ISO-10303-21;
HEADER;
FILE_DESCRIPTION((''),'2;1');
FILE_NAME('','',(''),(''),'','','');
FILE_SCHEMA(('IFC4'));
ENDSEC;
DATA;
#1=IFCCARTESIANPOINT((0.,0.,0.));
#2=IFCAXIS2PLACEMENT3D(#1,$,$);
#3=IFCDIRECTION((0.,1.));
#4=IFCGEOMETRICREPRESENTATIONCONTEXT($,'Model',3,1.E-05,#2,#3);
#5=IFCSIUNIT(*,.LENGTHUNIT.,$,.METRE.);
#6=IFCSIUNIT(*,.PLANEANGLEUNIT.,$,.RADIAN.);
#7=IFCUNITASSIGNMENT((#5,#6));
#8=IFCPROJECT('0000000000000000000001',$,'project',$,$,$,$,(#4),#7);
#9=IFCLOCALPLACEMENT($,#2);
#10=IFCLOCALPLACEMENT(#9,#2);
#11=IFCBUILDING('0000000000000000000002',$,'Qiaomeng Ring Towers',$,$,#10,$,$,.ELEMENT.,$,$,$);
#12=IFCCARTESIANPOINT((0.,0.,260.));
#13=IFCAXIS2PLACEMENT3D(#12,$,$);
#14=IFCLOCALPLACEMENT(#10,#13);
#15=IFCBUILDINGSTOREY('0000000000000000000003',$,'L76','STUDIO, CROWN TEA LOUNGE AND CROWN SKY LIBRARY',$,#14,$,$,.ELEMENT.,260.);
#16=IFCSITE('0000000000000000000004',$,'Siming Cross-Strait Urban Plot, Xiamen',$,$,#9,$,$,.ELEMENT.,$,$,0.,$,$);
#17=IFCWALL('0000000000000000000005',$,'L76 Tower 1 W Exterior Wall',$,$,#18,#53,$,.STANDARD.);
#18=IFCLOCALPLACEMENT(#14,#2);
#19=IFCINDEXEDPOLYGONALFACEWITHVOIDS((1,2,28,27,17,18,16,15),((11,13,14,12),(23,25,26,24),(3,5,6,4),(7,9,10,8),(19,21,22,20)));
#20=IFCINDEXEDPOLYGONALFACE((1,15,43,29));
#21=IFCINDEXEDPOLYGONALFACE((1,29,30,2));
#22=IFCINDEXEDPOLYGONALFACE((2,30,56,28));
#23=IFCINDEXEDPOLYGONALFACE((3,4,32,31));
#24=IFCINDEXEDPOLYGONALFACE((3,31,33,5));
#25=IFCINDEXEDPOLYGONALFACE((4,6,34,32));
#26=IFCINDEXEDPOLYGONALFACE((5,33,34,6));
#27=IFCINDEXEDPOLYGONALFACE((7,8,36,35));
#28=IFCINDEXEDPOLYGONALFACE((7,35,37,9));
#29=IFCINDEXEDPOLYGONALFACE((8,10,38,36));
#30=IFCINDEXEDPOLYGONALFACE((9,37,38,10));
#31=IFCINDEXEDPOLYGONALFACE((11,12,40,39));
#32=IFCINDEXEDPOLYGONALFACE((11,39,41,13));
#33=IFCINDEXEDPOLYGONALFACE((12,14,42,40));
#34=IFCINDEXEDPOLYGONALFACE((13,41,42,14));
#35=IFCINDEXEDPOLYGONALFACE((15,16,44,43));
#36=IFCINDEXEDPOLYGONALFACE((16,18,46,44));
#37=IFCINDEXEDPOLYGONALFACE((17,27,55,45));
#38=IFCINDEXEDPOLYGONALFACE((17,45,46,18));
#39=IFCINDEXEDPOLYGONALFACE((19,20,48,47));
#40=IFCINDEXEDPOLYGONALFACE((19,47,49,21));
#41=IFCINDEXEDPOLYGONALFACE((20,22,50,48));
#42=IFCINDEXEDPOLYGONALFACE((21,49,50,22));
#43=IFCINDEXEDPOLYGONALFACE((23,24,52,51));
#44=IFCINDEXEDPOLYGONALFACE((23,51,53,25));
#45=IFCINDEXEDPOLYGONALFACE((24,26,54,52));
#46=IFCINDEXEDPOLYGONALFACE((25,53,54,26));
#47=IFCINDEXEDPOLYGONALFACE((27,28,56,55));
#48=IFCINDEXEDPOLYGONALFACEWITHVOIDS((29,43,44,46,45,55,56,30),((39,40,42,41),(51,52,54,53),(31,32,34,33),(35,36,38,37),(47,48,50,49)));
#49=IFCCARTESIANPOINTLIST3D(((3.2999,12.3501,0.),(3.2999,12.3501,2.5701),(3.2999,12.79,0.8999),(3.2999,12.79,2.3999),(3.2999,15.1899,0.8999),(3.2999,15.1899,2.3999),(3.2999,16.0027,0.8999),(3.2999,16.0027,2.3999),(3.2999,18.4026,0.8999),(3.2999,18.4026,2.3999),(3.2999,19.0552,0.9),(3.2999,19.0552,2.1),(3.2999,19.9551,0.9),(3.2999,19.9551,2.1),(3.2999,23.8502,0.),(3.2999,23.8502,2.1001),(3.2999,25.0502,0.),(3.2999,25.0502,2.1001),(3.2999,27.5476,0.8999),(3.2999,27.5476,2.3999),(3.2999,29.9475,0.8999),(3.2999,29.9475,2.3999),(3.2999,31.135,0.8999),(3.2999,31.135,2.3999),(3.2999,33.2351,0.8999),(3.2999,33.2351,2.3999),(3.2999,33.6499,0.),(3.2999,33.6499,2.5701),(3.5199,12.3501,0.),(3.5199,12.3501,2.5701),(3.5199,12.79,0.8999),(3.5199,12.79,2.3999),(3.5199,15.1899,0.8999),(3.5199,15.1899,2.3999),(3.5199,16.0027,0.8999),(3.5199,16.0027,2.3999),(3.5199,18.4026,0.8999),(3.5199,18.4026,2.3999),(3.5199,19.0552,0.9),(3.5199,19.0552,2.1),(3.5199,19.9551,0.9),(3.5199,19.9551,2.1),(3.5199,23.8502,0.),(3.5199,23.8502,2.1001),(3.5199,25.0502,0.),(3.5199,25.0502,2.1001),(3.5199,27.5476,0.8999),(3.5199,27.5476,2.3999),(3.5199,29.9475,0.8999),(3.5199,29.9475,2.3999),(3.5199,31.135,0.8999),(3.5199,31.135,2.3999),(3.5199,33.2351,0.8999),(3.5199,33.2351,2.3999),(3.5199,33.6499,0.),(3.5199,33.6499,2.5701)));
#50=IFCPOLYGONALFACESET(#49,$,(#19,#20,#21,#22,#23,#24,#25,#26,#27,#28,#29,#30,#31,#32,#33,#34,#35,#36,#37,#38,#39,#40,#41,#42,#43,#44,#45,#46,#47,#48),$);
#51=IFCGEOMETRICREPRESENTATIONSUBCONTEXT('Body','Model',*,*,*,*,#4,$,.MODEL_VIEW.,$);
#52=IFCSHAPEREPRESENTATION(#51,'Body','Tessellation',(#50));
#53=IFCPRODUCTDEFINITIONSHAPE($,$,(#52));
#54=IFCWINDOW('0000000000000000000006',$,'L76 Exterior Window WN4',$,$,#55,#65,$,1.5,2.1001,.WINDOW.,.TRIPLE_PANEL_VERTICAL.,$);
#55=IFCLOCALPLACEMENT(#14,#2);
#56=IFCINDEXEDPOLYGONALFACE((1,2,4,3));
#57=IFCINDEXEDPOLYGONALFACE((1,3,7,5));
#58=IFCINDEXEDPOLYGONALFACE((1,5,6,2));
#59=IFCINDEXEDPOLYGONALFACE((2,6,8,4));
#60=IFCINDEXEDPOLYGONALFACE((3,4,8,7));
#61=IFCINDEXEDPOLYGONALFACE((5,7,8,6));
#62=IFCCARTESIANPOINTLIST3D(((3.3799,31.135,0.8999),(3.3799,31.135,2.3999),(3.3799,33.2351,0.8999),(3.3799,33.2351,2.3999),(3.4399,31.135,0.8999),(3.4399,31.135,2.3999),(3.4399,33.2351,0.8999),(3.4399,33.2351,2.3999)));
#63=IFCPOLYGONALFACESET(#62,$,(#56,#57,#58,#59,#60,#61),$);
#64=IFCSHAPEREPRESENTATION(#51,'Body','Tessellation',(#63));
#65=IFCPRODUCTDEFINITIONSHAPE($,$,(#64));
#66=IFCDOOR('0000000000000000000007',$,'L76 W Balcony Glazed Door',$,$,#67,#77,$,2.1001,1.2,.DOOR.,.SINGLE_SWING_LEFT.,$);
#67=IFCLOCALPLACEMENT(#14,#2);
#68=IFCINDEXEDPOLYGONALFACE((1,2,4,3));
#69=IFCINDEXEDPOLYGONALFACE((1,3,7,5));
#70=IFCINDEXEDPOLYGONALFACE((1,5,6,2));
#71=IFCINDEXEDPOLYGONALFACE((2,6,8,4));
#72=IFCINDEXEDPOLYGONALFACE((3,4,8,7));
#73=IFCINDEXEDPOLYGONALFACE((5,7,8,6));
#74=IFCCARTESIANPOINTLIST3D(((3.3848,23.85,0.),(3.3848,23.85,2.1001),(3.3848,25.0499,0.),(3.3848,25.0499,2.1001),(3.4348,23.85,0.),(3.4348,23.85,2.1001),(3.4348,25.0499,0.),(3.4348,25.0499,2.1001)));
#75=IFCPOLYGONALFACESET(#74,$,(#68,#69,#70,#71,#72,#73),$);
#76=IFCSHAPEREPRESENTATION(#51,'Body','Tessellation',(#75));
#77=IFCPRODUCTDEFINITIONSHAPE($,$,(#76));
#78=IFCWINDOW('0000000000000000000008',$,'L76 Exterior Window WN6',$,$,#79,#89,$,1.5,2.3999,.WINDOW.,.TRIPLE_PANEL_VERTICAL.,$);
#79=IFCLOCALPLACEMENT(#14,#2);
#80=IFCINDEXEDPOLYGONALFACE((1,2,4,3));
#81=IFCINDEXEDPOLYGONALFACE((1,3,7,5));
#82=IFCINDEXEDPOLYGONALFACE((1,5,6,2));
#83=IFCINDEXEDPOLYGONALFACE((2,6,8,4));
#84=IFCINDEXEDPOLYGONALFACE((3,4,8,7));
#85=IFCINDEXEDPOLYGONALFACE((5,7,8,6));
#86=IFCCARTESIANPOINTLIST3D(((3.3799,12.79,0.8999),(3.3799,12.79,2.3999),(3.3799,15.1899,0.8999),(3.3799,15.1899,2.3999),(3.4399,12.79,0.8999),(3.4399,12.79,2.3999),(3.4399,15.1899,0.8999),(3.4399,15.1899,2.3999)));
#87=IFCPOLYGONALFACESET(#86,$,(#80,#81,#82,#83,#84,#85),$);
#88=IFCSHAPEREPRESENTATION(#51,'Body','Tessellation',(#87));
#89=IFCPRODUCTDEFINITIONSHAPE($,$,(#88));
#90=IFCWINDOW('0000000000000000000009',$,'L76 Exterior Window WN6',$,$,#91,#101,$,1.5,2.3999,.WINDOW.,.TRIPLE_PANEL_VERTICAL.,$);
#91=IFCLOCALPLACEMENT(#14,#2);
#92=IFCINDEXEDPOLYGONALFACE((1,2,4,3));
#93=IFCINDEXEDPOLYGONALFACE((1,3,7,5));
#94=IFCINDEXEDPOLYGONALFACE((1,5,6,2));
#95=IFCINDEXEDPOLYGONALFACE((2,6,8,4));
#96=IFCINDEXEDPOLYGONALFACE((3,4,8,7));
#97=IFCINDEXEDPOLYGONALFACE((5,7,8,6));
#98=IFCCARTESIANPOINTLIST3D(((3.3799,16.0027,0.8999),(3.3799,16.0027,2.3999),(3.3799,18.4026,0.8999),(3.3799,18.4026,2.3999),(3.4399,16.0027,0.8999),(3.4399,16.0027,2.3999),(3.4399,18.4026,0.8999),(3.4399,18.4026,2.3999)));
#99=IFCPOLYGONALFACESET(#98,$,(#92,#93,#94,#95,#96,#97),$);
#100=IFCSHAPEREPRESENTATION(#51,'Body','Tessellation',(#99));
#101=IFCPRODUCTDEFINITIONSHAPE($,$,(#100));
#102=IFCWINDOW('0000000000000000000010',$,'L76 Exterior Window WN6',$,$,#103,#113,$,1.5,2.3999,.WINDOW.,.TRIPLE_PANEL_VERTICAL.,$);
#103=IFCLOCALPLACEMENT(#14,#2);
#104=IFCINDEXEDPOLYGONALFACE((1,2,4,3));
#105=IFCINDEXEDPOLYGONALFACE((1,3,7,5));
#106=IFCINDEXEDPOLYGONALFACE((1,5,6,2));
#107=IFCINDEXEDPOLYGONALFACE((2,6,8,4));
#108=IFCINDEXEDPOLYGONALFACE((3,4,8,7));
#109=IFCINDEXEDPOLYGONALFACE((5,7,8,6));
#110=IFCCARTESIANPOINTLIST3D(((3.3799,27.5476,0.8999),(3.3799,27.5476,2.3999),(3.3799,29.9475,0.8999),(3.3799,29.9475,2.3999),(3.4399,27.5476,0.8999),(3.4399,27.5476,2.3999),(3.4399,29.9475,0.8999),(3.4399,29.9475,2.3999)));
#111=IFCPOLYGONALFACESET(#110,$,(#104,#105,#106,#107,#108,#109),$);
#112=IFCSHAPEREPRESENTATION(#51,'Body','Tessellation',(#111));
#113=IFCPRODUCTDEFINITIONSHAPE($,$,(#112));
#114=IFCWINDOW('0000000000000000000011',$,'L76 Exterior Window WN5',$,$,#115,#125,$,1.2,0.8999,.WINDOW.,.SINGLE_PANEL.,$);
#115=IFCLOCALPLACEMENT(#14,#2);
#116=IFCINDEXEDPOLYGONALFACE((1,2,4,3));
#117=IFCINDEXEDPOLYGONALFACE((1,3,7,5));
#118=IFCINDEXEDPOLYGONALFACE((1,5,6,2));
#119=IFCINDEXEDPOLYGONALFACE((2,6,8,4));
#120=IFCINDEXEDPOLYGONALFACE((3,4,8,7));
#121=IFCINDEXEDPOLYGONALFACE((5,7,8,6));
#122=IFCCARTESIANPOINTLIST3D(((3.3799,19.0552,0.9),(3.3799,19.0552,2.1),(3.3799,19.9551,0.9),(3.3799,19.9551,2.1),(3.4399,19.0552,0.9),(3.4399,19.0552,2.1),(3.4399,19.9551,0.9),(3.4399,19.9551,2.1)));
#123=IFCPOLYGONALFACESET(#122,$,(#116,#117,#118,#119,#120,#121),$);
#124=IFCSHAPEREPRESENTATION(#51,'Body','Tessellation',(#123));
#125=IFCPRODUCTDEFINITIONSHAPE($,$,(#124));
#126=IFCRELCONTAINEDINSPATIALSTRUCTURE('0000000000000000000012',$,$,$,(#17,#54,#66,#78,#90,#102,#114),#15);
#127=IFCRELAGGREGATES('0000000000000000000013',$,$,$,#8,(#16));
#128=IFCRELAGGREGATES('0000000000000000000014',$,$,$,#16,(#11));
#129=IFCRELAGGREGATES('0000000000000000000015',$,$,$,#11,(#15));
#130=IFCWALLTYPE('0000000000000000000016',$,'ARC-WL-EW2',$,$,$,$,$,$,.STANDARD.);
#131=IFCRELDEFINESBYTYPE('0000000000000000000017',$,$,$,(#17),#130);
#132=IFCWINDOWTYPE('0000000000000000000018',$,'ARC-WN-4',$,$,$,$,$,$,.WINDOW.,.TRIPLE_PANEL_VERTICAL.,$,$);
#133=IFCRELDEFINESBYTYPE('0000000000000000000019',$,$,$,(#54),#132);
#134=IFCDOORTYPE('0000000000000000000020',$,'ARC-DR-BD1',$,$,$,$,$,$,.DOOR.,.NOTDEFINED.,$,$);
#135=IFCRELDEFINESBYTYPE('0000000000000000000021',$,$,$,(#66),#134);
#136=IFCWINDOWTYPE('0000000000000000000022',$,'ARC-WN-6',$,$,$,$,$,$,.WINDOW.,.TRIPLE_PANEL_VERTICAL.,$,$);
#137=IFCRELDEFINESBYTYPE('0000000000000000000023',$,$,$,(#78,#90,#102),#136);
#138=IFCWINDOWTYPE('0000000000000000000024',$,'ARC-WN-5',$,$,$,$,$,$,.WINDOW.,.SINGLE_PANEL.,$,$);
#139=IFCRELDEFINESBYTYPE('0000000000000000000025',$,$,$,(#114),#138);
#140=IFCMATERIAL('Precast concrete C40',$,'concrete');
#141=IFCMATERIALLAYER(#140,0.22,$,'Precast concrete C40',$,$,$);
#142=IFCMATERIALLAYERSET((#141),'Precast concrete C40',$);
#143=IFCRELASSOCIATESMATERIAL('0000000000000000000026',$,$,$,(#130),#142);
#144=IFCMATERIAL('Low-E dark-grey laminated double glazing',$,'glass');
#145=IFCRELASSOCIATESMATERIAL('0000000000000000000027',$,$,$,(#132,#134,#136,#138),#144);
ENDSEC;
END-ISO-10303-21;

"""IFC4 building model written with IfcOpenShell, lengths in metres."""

from ifc_helpers import new_model, si_unit, direction, frame, frame_2d, origin, place, context, subcontext, project, spatial, rectangle, extrude, source, transform, mapped, material, layer, layer_set, type_object, element, fill, save


model = new_model("IFC4")

# Units and contexts
model_context = context("Model", 3, precision=1e-05, world=origin(), true_north=direction((0.0, 1.0)))
body_context = subcontext(model_context, "Body", "Model", "MODEL_VIEW")
ifc_project = project(units=[si_unit("LENGTHUNIT", "METRE"), si_unit("PLANEANGLEUNIT", "RADIAN")], contexts=[model_context])

# Site, building, storey
site_placement = place(None, origin())
site = spatial("IfcSite", under=ifc_project, at=site_placement, Name="Siming Cross-Strait Urban Plot, Xiamen", CompositionType="ELEMENT", RefElevation=0.0)
building_placement = place(site_placement, origin())
building = spatial("IfcBuilding", under=site, at=building_placement, Name="Qiaomeng Ring Towers", CompositionType="ELEMENT")
storey_placement = place(building_placement, frame((0.0, 0.0, 260.0)))
storey = spatial("IfcBuildingStorey", under=building, at=storey_placement, Name="L76", Description="STUDIO, CROWN TEA LOUNGE AND CROWN SKY LIBRARY", CompositionType="ELEMENT", Elevation=260.0)

# Wall, openings, windows, door
ifc_material_1 = material(Name="Precast concrete C40", Category="concrete")
ifc_layer_1 = layer(ifc_material_1, 0.22, Name="Precast concrete C40")
ifc_layer_set_1 = layer_set([ifc_layer_1], Name="Precast concrete C40")
wall_type_1 = type_object("IfcWallType", Name="ARC-WL-EW2", PredefinedType="STANDARD", material=ifc_layer_set_1)
wall_1_placement = place(storey_placement, frame((3.4099, 12.3501, 0.0), z_axis=(0.0, 0.0, 1.0), x_axis=(0.0, 1.0, 0.0)))
wall_1 = element("IfcWall", 1, at=wall_1_placement, inside=storey, type_object=wall_type_1, Name="L76 Tower 1 W Exterior Wall", PredefinedType="STANDARD", context=body_context, shape_type="SweptSolid", body=[
    extrude(rectangle(XDim=21.2998, YDim=0.22, at=frame_2d((10.6499, 0.0))), origin(), (0.0, 0.0, 1.0), 2.5701),
])
opening_1_placement = place(wall_1_placement, frame((11.5, 0.0, 0.0)))
opening_1 = element("IfcOpeningElement", 2, at=opening_1_placement, cuts=wall_1, PredefinedType="OPENING", context=body_context, shape_type="SweptSolid", body=[
    extrude(rectangle(XDim=1.2, YDim=2.1001, at=frame_2d((0.6001, 1.05))), frame((0.0, 0.1199, 0.0), z_axis=(0.0, -1.0, 0.0), x_axis=(1.0, 0.0, 0.0)), (0.0, 0.0, 1.0), 0.24),
])
opening_2_placement = place(wall_1_placement, frame((0.4399, 0.0, 0.8999)))
opening_2 = element("IfcOpeningElement", 3, at=opening_2_placement, cuts=wall_1, PredefinedType="OPENING", context=body_context, shape_type="SweptSolid", body=[
    extrude(rectangle(XDim=2.3999, YDim=1.5, at=frame_2d((1.2, 0.75))), frame((0.0, 0.1199, 0.0), z_axis=(0.0, -1.0, 0.0), x_axis=(1.0, 0.0, 0.0)), (0.0, 0.0, 1.0), 0.24),
])
opening_3_placement = place(wall_1_placement, frame((18.7849, 0.0, 0.8999)))
opening_3 = element("IfcOpeningElement", 4, at=opening_3_placement, cuts=wall_1, PredefinedType="OPENING", context=body_context, shape_type="SweptSolid", body=[
    extrude(rectangle(XDim=2.1001, YDim=1.5, at=frame_2d((1.05, 0.75))), frame((0.0, 0.1199, 0.0), z_axis=(0.0, -1.0, 0.0), x_axis=(1.0, 0.0, 0.0)), (0.0, 0.0, 1.0), 0.24),
])
opening_4_placement = place(wall_1_placement, frame((3.6526, 0.0, 0.8999)))
opening_4 = element("IfcOpeningElement", 5, at=opening_4_placement, cuts=wall_1, PredefinedType="OPENING", context=body_context, shape_type="SweptSolid", body=[
    extrude(rectangle(XDim=2.3999, YDim=1.5, at=frame_2d((1.2, 0.75))), frame((0.0, 0.1199, 0.0), z_axis=(0.0, -1.0, 0.0), x_axis=(1.0, 0.0, 0.0)), (0.0, 0.0, 1.0), 0.24),
])
opening_5_placement = place(wall_1_placement, frame((15.1975, 0.0, 0.8999)))
opening_5 = element("IfcOpeningElement", 6, at=opening_5_placement, cuts=wall_1, PredefinedType="OPENING", context=body_context, shape_type="SweptSolid", body=[
    extrude(rectangle(XDim=2.3999, YDim=1.5, at=frame_2d((1.2, 0.75))), frame((0.0, 0.1199, 0.0), z_axis=(0.0, -1.0, 0.0), x_axis=(1.0, 0.0, 0.0)), (0.0, 0.0, 1.0), 0.24),
])
opening_6_placement = place(wall_1_placement, frame((6.7051, 0.0, 0.8999)))
opening_6 = element("IfcOpeningElement", 7, at=opening_6_placement, cuts=wall_1, PredefinedType="OPENING", context=body_context, shape_type="SweptSolid", body=[
    extrude(rectangle(XDim=0.8999, YDim=1.2, at=frame_2d((0.45, 0.6001))), frame((0.0, 0.1199, 0.0), z_axis=(0.0, -1.0, 0.0), x_axis=(1.0, 0.0, 0.0)), (0.0, 0.0, 1.0), 0.24),
])
ifc_material_2 = material(Name="Low-E dark-grey laminated double glazing", Category="glass")
window_type_1 = type_object("IfcWindowType", Name="ARC-WN-4", PartitioningType="TRIPLE_PANEL_VERTICAL", PredefinedType="WINDOW", material=ifc_material_2)
shared_shape_1 = source(origin(), body_context, "Body", "SweptSolid", [
    extrude(rectangle(XDim=2.1001, YDim=1.5, at=frame_2d((1.05, 0.75))), frame((0.0, 0.03, 0.0), z_axis=(0.0, -1.0, 0.0), x_axis=(1.0, 0.0, 0.0)), (0.0, 0.0, 1.0), 0.0601),
])
window_1_placement = place(opening_3_placement, origin())
window_1 = element("IfcWindow", 8, at=window_1_placement, inside=storey, type_object=window_type_1, Name="L76 Exterior Window WN4", OverallHeight=1.5, OverallWidth=2.1001, PartitioningType="TRIPLE_PANEL_VERTICAL", PredefinedType="WINDOW", context=body_context, shape_type="MappedRepresentation", body=[
    mapped(shared_shape_1, transform((0.0, 0.0, 0.0), x_axis=(1.0, 0.0, 0.0), y_axis=(0.0, 1.0, 0.0), z_axis=(0.0, 0.0, 1.0), scale=1.0)),
])
fill(opening_3, window_1)
door_type_1 = type_object("IfcDoorType", Name="ARC-DR-BD1", OperationType="NOTDEFINED", PredefinedType="DOOR", material=ifc_material_2)
shared_shape_2 = source(origin(), body_context, "Body", "SweptSolid", [
    extrude(rectangle(XDim=1.2, YDim=2.1001, at=frame_2d((0.6001, 1.05))), frame((0.0, 0.0249, 0.0), z_axis=(0.0, -1.0, 0.0), x_axis=(1.0, 0.0, 0.0)), (0.0, 0.0, 1.0), 0.05),
])
door_1_placement = place(opening_1_placement, frame((1.2, 0.0, 0.0), z_axis=(0.0, 0.0, 1.0), x_axis=(-1.0, 0.0, 0.0)))
door_1 = element("IfcDoor", 9, at=door_1_placement, inside=storey, type_object=door_type_1, Name="L76 W Balcony Glazed Door", OperationType="SINGLE_SWING_LEFT", OverallHeight=2.1001, OverallWidth=1.2, PredefinedType="DOOR", context=body_context, shape_type="MappedRepresentation", body=[
    mapped(shared_shape_2, transform((0.0, 0.0, 0.0), x_axis=(1.0, 0.0, 0.0), y_axis=(0.0, 1.0, 0.0), z_axis=(0.0, 0.0, 1.0), scale=1.0)),
])
fill(opening_1, door_1)
window_type_2 = type_object("IfcWindowType", Name="ARC-WN-6", PartitioningType="TRIPLE_PANEL_VERTICAL", PredefinedType="WINDOW", material=ifc_material_2)
shared_shape_3 = source(origin(), body_context, "Body", "SweptSolid", [
    extrude(rectangle(XDim=2.3999, YDim=1.5, at=frame_2d((1.2, 0.75))), frame((0.0, 0.03, 0.0), z_axis=(0.0, -1.0, 0.0), x_axis=(1.0, 0.0, 0.0)), (0.0, 0.0, 1.0), 0.0601),
])
window_2_placement = place(opening_2_placement, origin())
window_2 = element("IfcWindow", 10, at=window_2_placement, inside=storey, type_object=window_type_2, Name="L76 Exterior Window WN6", OverallHeight=1.5, OverallWidth=2.3999, PartitioningType="TRIPLE_PANEL_VERTICAL", PredefinedType="WINDOW", context=body_context, shape_type="MappedRepresentation", body=[
    mapped(shared_shape_3, transform((0.0, 0.0, 0.0), x_axis=(1.0, 0.0, 0.0), y_axis=(0.0, 1.0, 0.0), z_axis=(0.0, 0.0, 1.0), scale=1.0)),
])
fill(opening_2, window_2)
window_3_placement = place(opening_4_placement, origin())
window_3 = element("IfcWindow", 11, at=window_3_placement, inside=storey, type_object=window_type_2, Name="L76 Exterior Window WN6", OverallHeight=1.5, OverallWidth=2.3999, PartitioningType="TRIPLE_PANEL_VERTICAL", PredefinedType="WINDOW", context=body_context, shape_type="MappedRepresentation", body=[
    mapped(shared_shape_3, transform((0.0, 0.0, 0.0), x_axis=(1.0, 0.0, 0.0), y_axis=(0.0, 1.0, 0.0), z_axis=(0.0, 0.0, 1.0), scale=1.0)),
])
fill(opening_4, window_3)
window_4_placement = place(opening_5_placement, origin())
window_4 = element("IfcWindow", 12, at=window_4_placement, inside=storey, type_object=window_type_2, Name="L76 Exterior Window WN6", OverallHeight=1.5, OverallWidth=2.3999, PartitioningType="TRIPLE_PANEL_VERTICAL", PredefinedType="WINDOW", context=body_context, shape_type="MappedRepresentation", body=[
    mapped(shared_shape_3, transform((0.0, 0.0, 0.0), x_axis=(1.0, 0.0, 0.0), y_axis=(0.0, 1.0, 0.0), z_axis=(0.0, 0.0, 1.0), scale=1.0)),
])
fill(opening_5, window_4)
window_type_3 = type_object("IfcWindowType", Name="ARC-WN-5", PartitioningType="SINGLE_PANEL", PredefinedType="WINDOW", material=ifc_material_2)
shared_shape_4 = source(origin(), body_context, "Body", "SweptSolid", [
    extrude(rectangle(XDim=0.8999, YDim=1.2, at=frame_2d((0.45, 0.6001))), frame((0.0, 0.03, 0.0), z_axis=(0.0, -1.0, 0.0), x_axis=(1.0, 0.0, 0.0)), (0.0, 0.0, 1.0), 0.0601),
])
window_5_placement = place(opening_6_placement, origin())
window_5 = element("IfcWindow", 13, at=window_5_placement, inside=storey, type_object=window_type_3, Name="L76 Exterior Window WN5", OverallHeight=1.2, OverallWidth=0.8999, PartitioningType="SINGLE_PANEL", PredefinedType="WINDOW", context=body_context, shape_type="MappedRepresentation", body=[
    mapped(shared_shape_4, transform((0.0, 0.0, 0.0), x_axis=(1.0, 0.0, 0.0), y_axis=(0.0, 1.0, 0.0), z_axis=(0.0, 0.0, 1.0), scale=1.0)),
])
fill(opening_6, window_5)

save(model, "model.ifc")
